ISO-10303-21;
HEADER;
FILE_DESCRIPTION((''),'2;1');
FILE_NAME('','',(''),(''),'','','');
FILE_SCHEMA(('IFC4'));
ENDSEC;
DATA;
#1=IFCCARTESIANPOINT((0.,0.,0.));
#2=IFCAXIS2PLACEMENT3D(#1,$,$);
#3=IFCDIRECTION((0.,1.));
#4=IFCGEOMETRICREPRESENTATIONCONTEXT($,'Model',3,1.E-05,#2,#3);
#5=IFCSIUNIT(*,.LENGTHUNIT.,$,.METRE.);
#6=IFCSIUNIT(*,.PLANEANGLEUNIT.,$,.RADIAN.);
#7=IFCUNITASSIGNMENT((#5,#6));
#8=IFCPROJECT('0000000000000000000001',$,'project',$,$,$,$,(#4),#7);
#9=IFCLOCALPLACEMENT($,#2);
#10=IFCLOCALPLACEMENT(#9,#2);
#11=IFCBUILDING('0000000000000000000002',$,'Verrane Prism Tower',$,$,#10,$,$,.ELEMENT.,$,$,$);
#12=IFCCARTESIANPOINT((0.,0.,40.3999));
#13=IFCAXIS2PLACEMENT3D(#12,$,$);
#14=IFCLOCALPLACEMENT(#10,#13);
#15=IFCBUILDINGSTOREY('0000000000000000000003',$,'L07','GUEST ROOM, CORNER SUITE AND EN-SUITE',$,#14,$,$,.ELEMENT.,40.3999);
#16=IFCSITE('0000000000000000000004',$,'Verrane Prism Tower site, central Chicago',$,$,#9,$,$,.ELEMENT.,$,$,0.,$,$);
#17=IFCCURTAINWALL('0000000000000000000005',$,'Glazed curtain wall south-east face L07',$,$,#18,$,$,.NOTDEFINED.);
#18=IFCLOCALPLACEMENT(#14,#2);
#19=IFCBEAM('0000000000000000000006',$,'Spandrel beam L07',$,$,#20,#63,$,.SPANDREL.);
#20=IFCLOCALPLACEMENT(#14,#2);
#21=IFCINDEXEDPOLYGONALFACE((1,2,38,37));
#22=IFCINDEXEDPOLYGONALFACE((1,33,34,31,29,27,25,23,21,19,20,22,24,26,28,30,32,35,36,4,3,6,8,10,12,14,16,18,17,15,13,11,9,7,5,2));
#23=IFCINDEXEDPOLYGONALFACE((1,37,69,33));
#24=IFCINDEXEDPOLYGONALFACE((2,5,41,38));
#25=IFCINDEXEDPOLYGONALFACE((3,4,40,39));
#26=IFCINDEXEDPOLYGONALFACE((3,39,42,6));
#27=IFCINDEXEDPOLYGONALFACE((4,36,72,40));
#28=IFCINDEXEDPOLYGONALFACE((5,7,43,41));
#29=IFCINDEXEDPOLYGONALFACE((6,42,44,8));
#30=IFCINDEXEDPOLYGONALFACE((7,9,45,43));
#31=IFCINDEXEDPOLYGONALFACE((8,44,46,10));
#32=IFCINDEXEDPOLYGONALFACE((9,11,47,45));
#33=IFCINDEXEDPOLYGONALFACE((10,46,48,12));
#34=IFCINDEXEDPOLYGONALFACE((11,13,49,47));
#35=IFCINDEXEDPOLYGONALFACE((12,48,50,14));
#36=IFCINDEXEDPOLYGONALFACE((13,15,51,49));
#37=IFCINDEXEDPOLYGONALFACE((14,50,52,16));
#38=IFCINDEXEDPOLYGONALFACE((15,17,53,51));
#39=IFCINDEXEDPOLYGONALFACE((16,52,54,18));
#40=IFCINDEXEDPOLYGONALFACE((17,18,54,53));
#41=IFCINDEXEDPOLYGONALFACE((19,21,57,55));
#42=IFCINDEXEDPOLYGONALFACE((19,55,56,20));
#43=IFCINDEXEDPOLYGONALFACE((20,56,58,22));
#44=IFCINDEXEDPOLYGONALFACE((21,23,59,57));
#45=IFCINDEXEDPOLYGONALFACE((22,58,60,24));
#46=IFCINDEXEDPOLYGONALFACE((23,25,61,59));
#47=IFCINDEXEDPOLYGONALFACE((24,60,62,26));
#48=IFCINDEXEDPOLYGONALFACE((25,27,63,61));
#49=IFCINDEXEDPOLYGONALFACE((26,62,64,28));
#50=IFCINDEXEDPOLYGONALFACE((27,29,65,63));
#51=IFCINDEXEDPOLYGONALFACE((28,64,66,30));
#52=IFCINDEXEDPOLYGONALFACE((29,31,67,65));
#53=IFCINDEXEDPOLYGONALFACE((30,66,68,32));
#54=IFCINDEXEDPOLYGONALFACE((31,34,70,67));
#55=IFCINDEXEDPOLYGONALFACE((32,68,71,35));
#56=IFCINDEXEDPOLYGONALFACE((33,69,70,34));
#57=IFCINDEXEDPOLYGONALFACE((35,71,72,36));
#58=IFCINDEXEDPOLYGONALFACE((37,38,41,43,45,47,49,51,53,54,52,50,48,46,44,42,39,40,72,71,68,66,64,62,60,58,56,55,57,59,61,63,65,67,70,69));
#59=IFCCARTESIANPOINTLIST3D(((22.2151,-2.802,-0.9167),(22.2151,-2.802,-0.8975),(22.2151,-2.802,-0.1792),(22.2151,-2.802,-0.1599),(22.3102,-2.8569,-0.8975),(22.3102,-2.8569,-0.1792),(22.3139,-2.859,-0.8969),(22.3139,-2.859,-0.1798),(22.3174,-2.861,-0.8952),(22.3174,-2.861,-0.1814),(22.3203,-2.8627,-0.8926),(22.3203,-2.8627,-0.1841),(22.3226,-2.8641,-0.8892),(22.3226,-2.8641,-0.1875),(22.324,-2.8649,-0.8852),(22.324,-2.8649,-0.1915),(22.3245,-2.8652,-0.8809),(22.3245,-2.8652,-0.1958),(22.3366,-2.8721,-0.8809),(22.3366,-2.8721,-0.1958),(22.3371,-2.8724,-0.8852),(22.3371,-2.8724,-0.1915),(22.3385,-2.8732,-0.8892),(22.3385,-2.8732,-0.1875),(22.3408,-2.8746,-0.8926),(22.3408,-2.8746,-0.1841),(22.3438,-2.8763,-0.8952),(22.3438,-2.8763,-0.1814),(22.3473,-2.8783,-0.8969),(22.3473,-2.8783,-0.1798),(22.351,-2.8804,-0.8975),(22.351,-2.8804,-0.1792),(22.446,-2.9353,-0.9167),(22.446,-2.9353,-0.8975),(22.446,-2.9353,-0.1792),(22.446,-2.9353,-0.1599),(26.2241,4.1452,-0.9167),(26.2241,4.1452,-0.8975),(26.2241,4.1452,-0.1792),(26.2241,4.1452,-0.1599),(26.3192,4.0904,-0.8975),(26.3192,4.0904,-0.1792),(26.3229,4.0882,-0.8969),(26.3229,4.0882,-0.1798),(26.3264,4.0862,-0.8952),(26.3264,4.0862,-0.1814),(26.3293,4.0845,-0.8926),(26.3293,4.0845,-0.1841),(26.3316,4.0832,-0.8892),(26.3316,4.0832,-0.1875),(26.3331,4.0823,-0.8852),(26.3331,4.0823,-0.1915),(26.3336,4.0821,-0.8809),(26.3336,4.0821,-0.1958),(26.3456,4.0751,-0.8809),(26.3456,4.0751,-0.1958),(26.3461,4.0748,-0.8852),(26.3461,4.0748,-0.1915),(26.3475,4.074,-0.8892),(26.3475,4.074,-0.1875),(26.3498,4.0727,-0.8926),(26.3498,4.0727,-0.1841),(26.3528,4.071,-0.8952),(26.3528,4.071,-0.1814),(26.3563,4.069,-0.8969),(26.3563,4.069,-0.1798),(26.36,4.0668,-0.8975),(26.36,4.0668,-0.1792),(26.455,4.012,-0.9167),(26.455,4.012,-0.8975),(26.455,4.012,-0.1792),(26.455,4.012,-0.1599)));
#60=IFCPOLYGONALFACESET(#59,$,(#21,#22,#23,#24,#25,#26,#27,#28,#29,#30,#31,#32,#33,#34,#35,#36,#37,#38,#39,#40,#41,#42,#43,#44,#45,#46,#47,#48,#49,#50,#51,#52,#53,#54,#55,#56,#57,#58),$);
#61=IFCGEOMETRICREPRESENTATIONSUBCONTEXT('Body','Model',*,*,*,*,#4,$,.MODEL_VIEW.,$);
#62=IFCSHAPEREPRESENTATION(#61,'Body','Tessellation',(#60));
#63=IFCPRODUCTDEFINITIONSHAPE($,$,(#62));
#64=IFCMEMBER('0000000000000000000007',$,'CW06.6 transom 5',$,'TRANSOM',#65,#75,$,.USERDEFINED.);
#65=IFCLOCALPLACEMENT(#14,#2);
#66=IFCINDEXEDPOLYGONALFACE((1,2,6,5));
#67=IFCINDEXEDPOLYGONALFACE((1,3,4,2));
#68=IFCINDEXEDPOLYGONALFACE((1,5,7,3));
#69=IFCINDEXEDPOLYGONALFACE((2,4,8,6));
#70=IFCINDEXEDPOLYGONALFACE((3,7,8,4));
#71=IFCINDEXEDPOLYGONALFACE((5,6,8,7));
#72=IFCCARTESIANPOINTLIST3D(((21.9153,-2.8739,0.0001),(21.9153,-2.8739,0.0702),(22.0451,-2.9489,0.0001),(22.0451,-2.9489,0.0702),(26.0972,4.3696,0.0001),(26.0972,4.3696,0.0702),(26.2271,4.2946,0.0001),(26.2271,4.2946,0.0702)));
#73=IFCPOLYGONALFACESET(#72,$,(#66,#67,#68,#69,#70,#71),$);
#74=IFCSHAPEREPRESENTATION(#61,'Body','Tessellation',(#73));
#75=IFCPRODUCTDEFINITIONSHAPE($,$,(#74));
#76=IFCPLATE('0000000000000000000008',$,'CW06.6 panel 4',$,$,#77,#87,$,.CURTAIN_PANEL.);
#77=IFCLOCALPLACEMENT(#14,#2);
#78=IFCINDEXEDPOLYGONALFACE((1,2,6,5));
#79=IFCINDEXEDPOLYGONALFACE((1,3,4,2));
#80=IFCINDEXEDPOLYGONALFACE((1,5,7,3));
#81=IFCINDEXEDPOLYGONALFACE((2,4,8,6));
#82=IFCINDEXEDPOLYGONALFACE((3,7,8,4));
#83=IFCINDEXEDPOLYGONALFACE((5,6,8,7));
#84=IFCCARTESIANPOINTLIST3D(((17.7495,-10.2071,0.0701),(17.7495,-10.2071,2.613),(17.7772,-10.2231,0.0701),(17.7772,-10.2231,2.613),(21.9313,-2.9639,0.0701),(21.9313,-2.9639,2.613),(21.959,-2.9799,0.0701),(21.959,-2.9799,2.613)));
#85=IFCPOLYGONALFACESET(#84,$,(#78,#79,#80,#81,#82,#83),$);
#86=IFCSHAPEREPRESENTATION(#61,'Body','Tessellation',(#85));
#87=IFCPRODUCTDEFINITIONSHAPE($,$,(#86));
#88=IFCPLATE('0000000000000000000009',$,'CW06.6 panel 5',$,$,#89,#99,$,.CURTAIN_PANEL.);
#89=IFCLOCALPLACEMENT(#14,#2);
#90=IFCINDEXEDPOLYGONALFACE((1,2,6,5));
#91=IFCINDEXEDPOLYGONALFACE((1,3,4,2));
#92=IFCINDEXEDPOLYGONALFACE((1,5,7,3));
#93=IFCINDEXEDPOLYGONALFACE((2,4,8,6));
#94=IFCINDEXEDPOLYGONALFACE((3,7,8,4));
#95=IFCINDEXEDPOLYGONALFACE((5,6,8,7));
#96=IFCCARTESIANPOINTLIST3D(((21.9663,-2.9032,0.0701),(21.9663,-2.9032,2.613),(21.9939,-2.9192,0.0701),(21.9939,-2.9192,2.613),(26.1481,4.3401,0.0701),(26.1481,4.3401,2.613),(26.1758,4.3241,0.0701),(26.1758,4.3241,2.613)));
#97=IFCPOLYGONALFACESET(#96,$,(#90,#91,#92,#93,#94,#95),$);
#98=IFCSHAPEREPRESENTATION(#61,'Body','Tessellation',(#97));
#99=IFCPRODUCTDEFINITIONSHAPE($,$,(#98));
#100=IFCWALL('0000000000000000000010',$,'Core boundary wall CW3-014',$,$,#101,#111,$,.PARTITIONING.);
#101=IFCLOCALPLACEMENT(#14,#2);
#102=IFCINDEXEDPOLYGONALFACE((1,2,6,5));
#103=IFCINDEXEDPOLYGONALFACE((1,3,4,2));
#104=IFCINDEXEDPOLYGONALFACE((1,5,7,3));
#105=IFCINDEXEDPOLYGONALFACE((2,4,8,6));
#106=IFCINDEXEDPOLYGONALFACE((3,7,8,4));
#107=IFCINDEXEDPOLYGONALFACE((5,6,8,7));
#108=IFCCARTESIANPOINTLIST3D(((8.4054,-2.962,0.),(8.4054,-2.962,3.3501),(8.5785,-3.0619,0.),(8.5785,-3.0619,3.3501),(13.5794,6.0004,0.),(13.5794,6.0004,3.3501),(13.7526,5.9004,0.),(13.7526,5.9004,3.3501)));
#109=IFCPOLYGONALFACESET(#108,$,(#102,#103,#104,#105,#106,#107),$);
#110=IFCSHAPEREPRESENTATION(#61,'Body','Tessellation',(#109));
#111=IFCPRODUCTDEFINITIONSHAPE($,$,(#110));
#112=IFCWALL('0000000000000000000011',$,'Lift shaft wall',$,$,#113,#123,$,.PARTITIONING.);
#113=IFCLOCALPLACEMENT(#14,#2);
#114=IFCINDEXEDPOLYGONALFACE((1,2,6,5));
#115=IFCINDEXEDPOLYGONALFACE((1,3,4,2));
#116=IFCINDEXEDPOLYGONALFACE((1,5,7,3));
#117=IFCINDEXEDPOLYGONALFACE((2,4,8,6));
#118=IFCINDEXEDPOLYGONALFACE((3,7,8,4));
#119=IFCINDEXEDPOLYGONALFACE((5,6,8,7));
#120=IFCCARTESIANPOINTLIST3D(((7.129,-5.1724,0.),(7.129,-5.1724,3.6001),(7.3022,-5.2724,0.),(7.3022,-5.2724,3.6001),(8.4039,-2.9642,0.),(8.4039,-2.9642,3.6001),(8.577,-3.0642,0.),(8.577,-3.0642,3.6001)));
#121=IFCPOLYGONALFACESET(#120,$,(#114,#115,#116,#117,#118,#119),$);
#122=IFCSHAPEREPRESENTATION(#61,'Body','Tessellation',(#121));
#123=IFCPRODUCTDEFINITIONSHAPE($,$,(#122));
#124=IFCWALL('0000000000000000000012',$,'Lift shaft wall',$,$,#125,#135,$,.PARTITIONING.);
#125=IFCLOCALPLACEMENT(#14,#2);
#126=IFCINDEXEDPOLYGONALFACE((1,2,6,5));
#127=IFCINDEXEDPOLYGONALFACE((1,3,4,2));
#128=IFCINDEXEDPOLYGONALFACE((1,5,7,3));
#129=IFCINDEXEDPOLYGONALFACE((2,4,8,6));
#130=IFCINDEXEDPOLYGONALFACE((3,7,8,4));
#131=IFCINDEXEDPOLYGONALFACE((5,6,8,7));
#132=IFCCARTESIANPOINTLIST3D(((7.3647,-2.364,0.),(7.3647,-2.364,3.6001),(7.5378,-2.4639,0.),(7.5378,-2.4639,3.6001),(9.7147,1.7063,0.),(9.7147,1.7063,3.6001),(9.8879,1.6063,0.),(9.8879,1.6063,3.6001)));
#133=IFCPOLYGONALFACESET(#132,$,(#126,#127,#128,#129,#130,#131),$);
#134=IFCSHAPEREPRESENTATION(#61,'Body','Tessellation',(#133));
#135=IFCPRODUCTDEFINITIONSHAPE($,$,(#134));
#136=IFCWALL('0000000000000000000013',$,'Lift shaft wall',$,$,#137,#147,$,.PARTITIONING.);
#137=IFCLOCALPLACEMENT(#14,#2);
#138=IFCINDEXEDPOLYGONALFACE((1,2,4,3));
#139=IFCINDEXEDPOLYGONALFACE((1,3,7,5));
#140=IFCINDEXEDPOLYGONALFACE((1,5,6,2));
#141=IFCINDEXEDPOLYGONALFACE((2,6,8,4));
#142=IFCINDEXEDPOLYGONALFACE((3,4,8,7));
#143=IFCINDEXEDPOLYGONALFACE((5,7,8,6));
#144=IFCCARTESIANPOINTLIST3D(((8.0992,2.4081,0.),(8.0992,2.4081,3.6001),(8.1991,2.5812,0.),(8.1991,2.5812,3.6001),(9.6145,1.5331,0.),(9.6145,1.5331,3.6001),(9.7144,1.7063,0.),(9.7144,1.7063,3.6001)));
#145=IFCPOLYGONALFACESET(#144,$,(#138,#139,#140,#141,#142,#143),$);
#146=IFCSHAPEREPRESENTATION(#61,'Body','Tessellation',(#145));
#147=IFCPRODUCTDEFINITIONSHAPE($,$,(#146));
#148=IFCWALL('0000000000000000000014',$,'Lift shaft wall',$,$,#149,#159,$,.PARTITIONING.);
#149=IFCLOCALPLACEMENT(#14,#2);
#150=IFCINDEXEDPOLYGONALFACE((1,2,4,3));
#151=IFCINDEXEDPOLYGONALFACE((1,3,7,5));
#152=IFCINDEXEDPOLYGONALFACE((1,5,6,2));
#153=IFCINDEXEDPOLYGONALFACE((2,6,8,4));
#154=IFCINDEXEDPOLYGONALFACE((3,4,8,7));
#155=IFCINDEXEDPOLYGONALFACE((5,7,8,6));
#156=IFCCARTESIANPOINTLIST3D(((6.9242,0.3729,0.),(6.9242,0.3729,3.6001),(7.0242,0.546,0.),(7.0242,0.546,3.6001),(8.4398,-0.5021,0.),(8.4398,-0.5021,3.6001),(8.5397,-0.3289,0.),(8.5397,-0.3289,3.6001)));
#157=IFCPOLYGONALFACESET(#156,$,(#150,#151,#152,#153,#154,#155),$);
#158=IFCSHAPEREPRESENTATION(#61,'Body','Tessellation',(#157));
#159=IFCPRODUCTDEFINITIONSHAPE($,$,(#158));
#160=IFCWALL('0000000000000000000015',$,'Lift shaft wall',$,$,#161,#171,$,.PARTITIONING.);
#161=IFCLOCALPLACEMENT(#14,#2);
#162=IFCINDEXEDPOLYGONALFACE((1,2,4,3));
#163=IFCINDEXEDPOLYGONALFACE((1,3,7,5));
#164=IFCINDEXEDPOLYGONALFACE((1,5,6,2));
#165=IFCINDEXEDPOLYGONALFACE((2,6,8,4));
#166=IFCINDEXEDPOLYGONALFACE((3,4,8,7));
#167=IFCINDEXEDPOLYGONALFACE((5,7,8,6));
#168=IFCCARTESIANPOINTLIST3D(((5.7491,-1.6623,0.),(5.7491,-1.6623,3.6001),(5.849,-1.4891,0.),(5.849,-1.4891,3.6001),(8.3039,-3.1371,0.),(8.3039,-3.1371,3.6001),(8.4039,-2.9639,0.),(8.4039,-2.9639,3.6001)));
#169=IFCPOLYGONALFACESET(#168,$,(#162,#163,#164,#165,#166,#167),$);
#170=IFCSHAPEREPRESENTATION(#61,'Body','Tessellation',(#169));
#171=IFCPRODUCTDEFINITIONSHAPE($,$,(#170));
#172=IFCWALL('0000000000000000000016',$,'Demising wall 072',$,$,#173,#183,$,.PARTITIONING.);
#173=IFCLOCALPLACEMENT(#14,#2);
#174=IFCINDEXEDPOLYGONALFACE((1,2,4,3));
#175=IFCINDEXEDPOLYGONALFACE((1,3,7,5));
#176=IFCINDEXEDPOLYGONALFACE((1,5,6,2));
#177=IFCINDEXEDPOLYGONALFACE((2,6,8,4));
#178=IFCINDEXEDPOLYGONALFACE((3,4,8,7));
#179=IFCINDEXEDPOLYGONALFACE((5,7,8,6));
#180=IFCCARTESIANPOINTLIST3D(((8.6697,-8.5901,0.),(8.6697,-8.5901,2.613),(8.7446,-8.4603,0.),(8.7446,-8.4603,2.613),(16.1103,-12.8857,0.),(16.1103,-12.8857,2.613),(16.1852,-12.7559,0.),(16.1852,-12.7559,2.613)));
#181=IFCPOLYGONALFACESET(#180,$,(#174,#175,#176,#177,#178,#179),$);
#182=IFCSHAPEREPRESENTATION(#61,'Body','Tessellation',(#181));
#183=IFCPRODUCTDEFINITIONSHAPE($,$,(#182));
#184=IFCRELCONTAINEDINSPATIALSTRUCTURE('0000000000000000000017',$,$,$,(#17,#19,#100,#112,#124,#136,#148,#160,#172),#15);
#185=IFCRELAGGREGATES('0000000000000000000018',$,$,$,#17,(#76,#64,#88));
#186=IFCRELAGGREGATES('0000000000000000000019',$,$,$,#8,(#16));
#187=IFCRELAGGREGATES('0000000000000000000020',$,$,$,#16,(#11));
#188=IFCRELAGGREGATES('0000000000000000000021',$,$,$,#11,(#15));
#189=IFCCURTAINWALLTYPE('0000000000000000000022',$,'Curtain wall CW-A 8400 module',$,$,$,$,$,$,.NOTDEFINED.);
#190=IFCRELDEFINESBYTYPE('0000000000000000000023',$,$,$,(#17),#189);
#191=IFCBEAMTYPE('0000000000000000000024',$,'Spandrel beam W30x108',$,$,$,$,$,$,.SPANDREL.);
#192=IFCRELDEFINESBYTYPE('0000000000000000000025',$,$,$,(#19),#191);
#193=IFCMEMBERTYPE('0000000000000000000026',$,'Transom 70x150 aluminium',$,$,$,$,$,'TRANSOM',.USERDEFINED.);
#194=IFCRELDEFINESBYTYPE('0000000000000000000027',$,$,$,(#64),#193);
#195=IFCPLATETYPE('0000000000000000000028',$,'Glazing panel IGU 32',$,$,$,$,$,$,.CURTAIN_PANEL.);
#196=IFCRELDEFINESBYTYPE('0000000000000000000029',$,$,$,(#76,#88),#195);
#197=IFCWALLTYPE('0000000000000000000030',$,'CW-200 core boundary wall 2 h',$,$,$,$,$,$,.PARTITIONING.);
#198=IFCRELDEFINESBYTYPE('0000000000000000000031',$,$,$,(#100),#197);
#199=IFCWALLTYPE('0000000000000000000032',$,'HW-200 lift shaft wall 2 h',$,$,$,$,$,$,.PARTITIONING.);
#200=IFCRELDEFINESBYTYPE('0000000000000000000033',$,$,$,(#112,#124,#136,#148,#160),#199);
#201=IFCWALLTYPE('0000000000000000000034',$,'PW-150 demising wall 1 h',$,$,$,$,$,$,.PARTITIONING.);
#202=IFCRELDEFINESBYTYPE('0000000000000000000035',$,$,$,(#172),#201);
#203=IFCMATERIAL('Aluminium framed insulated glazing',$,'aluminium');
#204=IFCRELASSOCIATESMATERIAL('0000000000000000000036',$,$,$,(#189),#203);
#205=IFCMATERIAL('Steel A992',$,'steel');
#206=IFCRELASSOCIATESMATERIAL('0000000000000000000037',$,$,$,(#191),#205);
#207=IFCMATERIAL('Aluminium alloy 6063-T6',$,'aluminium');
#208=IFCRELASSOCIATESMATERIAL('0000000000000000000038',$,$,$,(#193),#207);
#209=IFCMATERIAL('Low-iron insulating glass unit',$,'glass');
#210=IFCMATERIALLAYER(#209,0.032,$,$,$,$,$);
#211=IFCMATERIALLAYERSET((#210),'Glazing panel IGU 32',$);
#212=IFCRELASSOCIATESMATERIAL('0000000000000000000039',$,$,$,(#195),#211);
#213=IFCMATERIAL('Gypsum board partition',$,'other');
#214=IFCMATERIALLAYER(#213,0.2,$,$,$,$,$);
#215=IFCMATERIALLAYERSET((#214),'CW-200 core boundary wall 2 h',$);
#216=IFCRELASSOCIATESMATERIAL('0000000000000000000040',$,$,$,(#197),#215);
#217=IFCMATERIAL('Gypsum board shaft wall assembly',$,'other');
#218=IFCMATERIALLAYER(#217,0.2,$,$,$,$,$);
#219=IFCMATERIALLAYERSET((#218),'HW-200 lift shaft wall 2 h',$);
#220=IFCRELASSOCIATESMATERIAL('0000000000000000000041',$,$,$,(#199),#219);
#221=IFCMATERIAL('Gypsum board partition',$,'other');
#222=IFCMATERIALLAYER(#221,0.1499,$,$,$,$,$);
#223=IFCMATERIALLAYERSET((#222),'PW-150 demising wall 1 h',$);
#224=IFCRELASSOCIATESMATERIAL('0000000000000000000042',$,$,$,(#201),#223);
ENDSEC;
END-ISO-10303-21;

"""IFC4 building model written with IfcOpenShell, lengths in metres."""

from ifc_helpers import new_model, si_unit, direction, frame, frame_2d, origin, origin_2d, place, context, subcontext, project, spatial, rectangle, i_section, extrude, material, layer, layer_set, material_profile, profile_set, type_object, element, aggregate, save


model = new_model("IFC4")

# Units and contexts
model_context = context("Model", 3, precision=1e-05, world=origin(), true_north=direction((0.0, 1.0)))
body_context = subcontext(model_context, "Body", "Model", "MODEL_VIEW")
ifc_project = project(units=[si_unit("LENGTHUNIT", "METRE"), si_unit("PLANEANGLEUNIT", "RADIAN")], contexts=[model_context])

# Site, building, storey
site_placement = place(None, origin())
site = spatial("IfcSite", under=ifc_project, at=site_placement, Name="Verrane Prism Tower site, central Chicago", CompositionType="ELEMENT", RefElevation=0.0)
building_placement = place(site_placement, origin())
building = spatial("IfcBuilding", under=site, at=building_placement, Name="Verrane Prism Tower", CompositionType="ELEMENT")
storey_placement = place(building_placement, frame((0.0, 0.0, 40.3999)))
storey = spatial("IfcBuildingStorey", under=building, at=storey_placement, Name="L07", Description="GUEST ROOM, CORNER SUITE AND EN-SUITE", CompositionType="ELEMENT", Elevation=40.3999)

# Curtain wall
ifc_material_1 = material(Name="Aluminium framed insulated glazing", Category="aluminium")
curtain_wall_type = type_object("IfcCurtainWallType", Name="Curtain wall CW-A 8400 module", PredefinedType="NOTDEFINED", material=ifc_material_1)
curtain_wall_placement = place(storey_placement, origin())
curtain_wall = element("IfcCurtainWall", 1, at=curtain_wall_placement, inside=storey, type_object=curtain_wall_type, Name="Glazed curtain wall south-east face L07", PredefinedType="NOTDEFINED")

# Beam
ifc_material_2 = material(Name="Steel A992", Category="steel")
ifc_material_profile_1 = material_profile(ifc_material_2, i_section(OverallWidth=0.2666, OverallDepth=0.7568, WebThickness=0.0139, FlangeThickness=0.0193, FilletRadius=0.0166, at=origin_2d()), Name="W30x108")
ifc_profile_set_1 = profile_set([ifc_material_profile_1], Name="Steel A992")
beam_type_1 = type_object("IfcBeamType", Name="Spandrel beam W30x108", PredefinedType="SPANDREL", material=ifc_profile_set_1)
beam_1_placement = place(storey_placement, frame((22.3306, -2.8687, -0.5383), z_axis=(0.499816, 0.866132, 0.0), x_axis=(-0.866132, 0.499816, 0.0)))
element("IfcBeam", 2, at=beam_1_placement, inside=storey, type_object=beam_type_1, Name="Spandrel beam L07", PredefinedType="SPANDREL", context=body_context, shape_type="SweptSolid", body=[
    extrude(i_section(OverallWidth=0.2666, OverallDepth=0.7568, WebThickness=0.0139, FlangeThickness=0.0193, FilletRadius=0.0166, at=origin_2d()), origin(), (0.0, 0.0, 1.0), 8.021),
])

# Member
ifc_material_3 = material(Name="Aluminium alloy 6063-T6", Category="aluminium")
ifc_material_profile_2 = material_profile(ifc_material_3, rectangle(XDim=0.1499, YDim=0.0701, at=origin_2d()), Name="Transom 70x150 aluminium")
ifc_profile_set_2 = profile_set([ifc_material_profile_2], Name="Aluminium alloy 6063-T6")
member_type_1 = type_object("IfcMemberType", Name="Transom 70x150 aluminium", ElementType="TRANSOM", PredefinedType="USERDEFINED", material=ifc_profile_set_2)
member_1_placement = place(storey_placement, frame((21.9802, -2.9114, 0.0352), z_axis=(0.499991, 0.866031, 0.0), x_axis=(-0.866031, 0.499991, 0.0)))
member_1 = element("IfcMember", 3, at=member_1_placement, type_object=member_type_1, Name="CW06.6 transom 5", ObjectType="TRANSOM", PredefinedType="USERDEFINED", context=body_context, shape_type="SweptSolid", body=[
    extrude(rectangle(XDim=0.1499, YDim=0.0701, at=origin_2d()), origin(), (0.0, 0.0, 1.0), 8.364),
])

# Plates
ifc_material_4 = material(Name="Low-iron insulating glass unit", Category="glass")
ifc_layer_1 = layer(ifc_material_4, 0.032)
ifc_layer_set_1 = layer_set([ifc_layer_1], Name="Glazing panel IGU 32")
plate_type = type_object("IfcPlateType", Name="Glazing panel IGU 32", PredefinedType="CURTAIN_PANEL", material=ifc_layer_set_1)
plate_1_placement = place(storey_placement, frame((19.8542, -6.5935, 0.0701), z_axis=(0.0, 0.0, 1.0), x_axis=(0.5, 0.866025, 0.0)))
plate_1 = element("IfcPlate", 4, at=plate_1_placement, type_object=plate_type, Name="CW06.6 panel 4", PredefinedType="CURTAIN_PANEL", context=body_context, shape_type="SweptSolid", body=[
    extrude(rectangle(XDim=8.3638, YDim=0.032, at=origin_2d()), origin(), (0.0, 0.0, 1.0), 2.543),
])
plate_2_placement = place(storey_placement, frame((24.071, 0.7104, 0.0701), z_axis=(0.0, 0.0, 1.0), x_axis=(0.5, 0.866025, 0.0)))
plate_2 = element("IfcPlate", 5, at=plate_2_placement, type_object=plate_type, Name="CW06.6 panel 5", PredefinedType="CURTAIN_PANEL", context=body_context, shape_type="SweptSolid", body=[
    extrude(rectangle(XDim=8.3638, YDim=0.032, at=origin_2d()), origin(), (0.0, 0.0, 1.0), 2.543),
])
aggregate(curtain_wall, [plate_1, member_1, plate_2])

# Walls
ifc_material_5 = material(Name="Gypsum board partition", Category="other")
ifc_layer_2 = layer(ifc_material_5, 0.2)
ifc_layer_set_2 = layer_set([ifc_layer_2], Name="CW-200 core boundary wall 2 h")
wall_type_1 = type_object("IfcWallType", Name="CW-200 core boundary wall 2 h", PredefinedType="PARTITIONING", material=ifc_layer_set_2)
wall_1_placement = place(storey_placement, frame((8.4919, -3.012, 0.0), z_axis=(0.0, 0.0, 1.0), x_axis=(0.499973, 0.866041, 0.0)))
element("IfcWall", 6, at=wall_1_placement, inside=storey, type_object=wall_type_1, Name="Core boundary wall CW3-014", PredefinedType="PARTITIONING", context=body_context, shape_type="SweptSolid", body=[
    extrude(rectangle(XDim=10.3486, YDim=0.2, at=frame_2d((5.1743, 0.0))), origin(), (0.0, 0.0, 1.0), 3.3501),
])
ifc_material_6 = material(Name="Gypsum board shaft wall assembly", Category="other")
ifc_layer_3 = layer(ifc_material_6, 0.2)
ifc_layer_set_3 = layer_set([ifc_layer_3], Name="HW-200 lift shaft wall 2 h")
wall_type_2 = type_object("IfcWallType", Name="HW-200 lift shaft wall 2 h", PredefinedType="PARTITIONING", material=ifc_layer_set_3)
wall_2_placement = place(storey_placement, frame((7.2156, -5.2224, 0.0), z_axis=(0.0, 0.0, 1.0), x_axis=(0.49999, 0.866031, 0.0)))
element("IfcWall", 7, at=wall_2_placement, inside=storey, type_object=wall_type_2, Name="Lift shaft wall", PredefinedType="PARTITIONING", context=body_context, shape_type="SweptSolid", body=[
    extrude(rectangle(XDim=2.5498, YDim=0.2, at=frame_2d((1.2749, 0.0))), origin(), (0.0, 0.0, 1.0), 3.6001),
])
wall_3_placement = place(storey_placement, frame((7.4512, -2.4141, 0.0), z_axis=(0.0, 0.0, 1.0), x_axis=(0.500016, 0.866016, 0.0)))
element("IfcWall", 8, at=wall_3_placement, inside=storey, type_object=wall_type_2, Name="Lift shaft wall", PredefinedType="PARTITIONING", context=body_context, shape_type="SweptSolid", body=[
    extrude(rectangle(XDim=4.7, YDim=0.2, at=frame_2d((2.3501, 0.0))), origin(), (0.0, 0.0, 1.0), 3.6001),
])
wall_4_placement = place(storey_placement, frame((9.6646, 1.6196, 0.0), z_axis=(0.0, 0.0, 1.0), x_axis=(-0.866002, 0.50004, 0.0)))
element("IfcWall", 9, at=wall_4_placement, inside=storey, type_object=wall_type_2, Name="Lift shaft wall", PredefinedType="PARTITIONING", context=body_context, shape_type="SweptSolid", body=[
    extrude(rectangle(XDim=1.7498, YDim=0.2, at=frame_2d((0.875, 0.0))), origin(), (0.0, 0.0, 1.0), 3.6001),
])
wall_5_placement = place(storey_placement, frame((8.4897, -0.4155, 0.0), z_axis=(0.0, 0.0, 1.0), x_axis=(-0.866037, 0.49998, 0.0)))
element("IfcWall", 10, at=wall_5_placement, inside=storey, type_object=wall_type_2, Name="Lift shaft wall", PredefinedType="PARTITIONING", context=body_context, shape_type="SweptSolid", body=[
    extrude(rectangle(XDim=1.75, YDim=0.2, at=frame_2d((0.875, 0.0))), origin(), (0.0, 0.0, 1.0), 3.6001),
])
wall_6_placement = place(storey_placement, frame((8.354, -3.0505, 0.0), z_axis=(0.0, 0.0, 1.0), x_axis=(-0.86606, 0.49994, 0.0)))
element("IfcWall", 11, at=wall_6_placement, inside=storey, type_object=wall_type_2, Name="Lift shaft wall", PredefinedType="PARTITIONING", context=body_context, shape_type="SweptSolid", body=[
    extrude(rectangle(XDim=2.95, YDim=0.2, at=frame_2d((1.4751, 0.0))), origin(), (0.0, 0.0, 1.0), 3.6001),
])
ifc_material_7 = material(Name="Gypsum board partition", Category="other")
ifc_layer_4 = layer(ifc_material_7, 0.1499)
ifc_layer_set_4 = layer_set([ifc_layer_4], Name="PW-150 demising wall 1 h")
wall_type_3 = type_object("IfcWallType", Name="PW-150 demising wall 1 h", PredefinedType="PARTITIONING", material=ifc_layer_set_4)
wall_7_placement = place(storey_placement, frame((8.707, -8.5251, 0.0), z_axis=(0.0, 0.0, 1.0), x_axis=(0.866037, -0.499981, 0.0)))
element("IfcWall", 12, at=wall_7_placement, inside=storey, type_object=wall_type_3, Name="Demising wall 072", PredefinedType="PARTITIONING", context=body_context, shape_type="SweptSolid", body=[
    extrude(rectangle(XDim=8.5916, YDim=0.1499, at=frame_2d((4.2959, 0.0))), origin(), (0.0, 0.0, 1.0), 2.613),
])

save(model, "model.ifc")
